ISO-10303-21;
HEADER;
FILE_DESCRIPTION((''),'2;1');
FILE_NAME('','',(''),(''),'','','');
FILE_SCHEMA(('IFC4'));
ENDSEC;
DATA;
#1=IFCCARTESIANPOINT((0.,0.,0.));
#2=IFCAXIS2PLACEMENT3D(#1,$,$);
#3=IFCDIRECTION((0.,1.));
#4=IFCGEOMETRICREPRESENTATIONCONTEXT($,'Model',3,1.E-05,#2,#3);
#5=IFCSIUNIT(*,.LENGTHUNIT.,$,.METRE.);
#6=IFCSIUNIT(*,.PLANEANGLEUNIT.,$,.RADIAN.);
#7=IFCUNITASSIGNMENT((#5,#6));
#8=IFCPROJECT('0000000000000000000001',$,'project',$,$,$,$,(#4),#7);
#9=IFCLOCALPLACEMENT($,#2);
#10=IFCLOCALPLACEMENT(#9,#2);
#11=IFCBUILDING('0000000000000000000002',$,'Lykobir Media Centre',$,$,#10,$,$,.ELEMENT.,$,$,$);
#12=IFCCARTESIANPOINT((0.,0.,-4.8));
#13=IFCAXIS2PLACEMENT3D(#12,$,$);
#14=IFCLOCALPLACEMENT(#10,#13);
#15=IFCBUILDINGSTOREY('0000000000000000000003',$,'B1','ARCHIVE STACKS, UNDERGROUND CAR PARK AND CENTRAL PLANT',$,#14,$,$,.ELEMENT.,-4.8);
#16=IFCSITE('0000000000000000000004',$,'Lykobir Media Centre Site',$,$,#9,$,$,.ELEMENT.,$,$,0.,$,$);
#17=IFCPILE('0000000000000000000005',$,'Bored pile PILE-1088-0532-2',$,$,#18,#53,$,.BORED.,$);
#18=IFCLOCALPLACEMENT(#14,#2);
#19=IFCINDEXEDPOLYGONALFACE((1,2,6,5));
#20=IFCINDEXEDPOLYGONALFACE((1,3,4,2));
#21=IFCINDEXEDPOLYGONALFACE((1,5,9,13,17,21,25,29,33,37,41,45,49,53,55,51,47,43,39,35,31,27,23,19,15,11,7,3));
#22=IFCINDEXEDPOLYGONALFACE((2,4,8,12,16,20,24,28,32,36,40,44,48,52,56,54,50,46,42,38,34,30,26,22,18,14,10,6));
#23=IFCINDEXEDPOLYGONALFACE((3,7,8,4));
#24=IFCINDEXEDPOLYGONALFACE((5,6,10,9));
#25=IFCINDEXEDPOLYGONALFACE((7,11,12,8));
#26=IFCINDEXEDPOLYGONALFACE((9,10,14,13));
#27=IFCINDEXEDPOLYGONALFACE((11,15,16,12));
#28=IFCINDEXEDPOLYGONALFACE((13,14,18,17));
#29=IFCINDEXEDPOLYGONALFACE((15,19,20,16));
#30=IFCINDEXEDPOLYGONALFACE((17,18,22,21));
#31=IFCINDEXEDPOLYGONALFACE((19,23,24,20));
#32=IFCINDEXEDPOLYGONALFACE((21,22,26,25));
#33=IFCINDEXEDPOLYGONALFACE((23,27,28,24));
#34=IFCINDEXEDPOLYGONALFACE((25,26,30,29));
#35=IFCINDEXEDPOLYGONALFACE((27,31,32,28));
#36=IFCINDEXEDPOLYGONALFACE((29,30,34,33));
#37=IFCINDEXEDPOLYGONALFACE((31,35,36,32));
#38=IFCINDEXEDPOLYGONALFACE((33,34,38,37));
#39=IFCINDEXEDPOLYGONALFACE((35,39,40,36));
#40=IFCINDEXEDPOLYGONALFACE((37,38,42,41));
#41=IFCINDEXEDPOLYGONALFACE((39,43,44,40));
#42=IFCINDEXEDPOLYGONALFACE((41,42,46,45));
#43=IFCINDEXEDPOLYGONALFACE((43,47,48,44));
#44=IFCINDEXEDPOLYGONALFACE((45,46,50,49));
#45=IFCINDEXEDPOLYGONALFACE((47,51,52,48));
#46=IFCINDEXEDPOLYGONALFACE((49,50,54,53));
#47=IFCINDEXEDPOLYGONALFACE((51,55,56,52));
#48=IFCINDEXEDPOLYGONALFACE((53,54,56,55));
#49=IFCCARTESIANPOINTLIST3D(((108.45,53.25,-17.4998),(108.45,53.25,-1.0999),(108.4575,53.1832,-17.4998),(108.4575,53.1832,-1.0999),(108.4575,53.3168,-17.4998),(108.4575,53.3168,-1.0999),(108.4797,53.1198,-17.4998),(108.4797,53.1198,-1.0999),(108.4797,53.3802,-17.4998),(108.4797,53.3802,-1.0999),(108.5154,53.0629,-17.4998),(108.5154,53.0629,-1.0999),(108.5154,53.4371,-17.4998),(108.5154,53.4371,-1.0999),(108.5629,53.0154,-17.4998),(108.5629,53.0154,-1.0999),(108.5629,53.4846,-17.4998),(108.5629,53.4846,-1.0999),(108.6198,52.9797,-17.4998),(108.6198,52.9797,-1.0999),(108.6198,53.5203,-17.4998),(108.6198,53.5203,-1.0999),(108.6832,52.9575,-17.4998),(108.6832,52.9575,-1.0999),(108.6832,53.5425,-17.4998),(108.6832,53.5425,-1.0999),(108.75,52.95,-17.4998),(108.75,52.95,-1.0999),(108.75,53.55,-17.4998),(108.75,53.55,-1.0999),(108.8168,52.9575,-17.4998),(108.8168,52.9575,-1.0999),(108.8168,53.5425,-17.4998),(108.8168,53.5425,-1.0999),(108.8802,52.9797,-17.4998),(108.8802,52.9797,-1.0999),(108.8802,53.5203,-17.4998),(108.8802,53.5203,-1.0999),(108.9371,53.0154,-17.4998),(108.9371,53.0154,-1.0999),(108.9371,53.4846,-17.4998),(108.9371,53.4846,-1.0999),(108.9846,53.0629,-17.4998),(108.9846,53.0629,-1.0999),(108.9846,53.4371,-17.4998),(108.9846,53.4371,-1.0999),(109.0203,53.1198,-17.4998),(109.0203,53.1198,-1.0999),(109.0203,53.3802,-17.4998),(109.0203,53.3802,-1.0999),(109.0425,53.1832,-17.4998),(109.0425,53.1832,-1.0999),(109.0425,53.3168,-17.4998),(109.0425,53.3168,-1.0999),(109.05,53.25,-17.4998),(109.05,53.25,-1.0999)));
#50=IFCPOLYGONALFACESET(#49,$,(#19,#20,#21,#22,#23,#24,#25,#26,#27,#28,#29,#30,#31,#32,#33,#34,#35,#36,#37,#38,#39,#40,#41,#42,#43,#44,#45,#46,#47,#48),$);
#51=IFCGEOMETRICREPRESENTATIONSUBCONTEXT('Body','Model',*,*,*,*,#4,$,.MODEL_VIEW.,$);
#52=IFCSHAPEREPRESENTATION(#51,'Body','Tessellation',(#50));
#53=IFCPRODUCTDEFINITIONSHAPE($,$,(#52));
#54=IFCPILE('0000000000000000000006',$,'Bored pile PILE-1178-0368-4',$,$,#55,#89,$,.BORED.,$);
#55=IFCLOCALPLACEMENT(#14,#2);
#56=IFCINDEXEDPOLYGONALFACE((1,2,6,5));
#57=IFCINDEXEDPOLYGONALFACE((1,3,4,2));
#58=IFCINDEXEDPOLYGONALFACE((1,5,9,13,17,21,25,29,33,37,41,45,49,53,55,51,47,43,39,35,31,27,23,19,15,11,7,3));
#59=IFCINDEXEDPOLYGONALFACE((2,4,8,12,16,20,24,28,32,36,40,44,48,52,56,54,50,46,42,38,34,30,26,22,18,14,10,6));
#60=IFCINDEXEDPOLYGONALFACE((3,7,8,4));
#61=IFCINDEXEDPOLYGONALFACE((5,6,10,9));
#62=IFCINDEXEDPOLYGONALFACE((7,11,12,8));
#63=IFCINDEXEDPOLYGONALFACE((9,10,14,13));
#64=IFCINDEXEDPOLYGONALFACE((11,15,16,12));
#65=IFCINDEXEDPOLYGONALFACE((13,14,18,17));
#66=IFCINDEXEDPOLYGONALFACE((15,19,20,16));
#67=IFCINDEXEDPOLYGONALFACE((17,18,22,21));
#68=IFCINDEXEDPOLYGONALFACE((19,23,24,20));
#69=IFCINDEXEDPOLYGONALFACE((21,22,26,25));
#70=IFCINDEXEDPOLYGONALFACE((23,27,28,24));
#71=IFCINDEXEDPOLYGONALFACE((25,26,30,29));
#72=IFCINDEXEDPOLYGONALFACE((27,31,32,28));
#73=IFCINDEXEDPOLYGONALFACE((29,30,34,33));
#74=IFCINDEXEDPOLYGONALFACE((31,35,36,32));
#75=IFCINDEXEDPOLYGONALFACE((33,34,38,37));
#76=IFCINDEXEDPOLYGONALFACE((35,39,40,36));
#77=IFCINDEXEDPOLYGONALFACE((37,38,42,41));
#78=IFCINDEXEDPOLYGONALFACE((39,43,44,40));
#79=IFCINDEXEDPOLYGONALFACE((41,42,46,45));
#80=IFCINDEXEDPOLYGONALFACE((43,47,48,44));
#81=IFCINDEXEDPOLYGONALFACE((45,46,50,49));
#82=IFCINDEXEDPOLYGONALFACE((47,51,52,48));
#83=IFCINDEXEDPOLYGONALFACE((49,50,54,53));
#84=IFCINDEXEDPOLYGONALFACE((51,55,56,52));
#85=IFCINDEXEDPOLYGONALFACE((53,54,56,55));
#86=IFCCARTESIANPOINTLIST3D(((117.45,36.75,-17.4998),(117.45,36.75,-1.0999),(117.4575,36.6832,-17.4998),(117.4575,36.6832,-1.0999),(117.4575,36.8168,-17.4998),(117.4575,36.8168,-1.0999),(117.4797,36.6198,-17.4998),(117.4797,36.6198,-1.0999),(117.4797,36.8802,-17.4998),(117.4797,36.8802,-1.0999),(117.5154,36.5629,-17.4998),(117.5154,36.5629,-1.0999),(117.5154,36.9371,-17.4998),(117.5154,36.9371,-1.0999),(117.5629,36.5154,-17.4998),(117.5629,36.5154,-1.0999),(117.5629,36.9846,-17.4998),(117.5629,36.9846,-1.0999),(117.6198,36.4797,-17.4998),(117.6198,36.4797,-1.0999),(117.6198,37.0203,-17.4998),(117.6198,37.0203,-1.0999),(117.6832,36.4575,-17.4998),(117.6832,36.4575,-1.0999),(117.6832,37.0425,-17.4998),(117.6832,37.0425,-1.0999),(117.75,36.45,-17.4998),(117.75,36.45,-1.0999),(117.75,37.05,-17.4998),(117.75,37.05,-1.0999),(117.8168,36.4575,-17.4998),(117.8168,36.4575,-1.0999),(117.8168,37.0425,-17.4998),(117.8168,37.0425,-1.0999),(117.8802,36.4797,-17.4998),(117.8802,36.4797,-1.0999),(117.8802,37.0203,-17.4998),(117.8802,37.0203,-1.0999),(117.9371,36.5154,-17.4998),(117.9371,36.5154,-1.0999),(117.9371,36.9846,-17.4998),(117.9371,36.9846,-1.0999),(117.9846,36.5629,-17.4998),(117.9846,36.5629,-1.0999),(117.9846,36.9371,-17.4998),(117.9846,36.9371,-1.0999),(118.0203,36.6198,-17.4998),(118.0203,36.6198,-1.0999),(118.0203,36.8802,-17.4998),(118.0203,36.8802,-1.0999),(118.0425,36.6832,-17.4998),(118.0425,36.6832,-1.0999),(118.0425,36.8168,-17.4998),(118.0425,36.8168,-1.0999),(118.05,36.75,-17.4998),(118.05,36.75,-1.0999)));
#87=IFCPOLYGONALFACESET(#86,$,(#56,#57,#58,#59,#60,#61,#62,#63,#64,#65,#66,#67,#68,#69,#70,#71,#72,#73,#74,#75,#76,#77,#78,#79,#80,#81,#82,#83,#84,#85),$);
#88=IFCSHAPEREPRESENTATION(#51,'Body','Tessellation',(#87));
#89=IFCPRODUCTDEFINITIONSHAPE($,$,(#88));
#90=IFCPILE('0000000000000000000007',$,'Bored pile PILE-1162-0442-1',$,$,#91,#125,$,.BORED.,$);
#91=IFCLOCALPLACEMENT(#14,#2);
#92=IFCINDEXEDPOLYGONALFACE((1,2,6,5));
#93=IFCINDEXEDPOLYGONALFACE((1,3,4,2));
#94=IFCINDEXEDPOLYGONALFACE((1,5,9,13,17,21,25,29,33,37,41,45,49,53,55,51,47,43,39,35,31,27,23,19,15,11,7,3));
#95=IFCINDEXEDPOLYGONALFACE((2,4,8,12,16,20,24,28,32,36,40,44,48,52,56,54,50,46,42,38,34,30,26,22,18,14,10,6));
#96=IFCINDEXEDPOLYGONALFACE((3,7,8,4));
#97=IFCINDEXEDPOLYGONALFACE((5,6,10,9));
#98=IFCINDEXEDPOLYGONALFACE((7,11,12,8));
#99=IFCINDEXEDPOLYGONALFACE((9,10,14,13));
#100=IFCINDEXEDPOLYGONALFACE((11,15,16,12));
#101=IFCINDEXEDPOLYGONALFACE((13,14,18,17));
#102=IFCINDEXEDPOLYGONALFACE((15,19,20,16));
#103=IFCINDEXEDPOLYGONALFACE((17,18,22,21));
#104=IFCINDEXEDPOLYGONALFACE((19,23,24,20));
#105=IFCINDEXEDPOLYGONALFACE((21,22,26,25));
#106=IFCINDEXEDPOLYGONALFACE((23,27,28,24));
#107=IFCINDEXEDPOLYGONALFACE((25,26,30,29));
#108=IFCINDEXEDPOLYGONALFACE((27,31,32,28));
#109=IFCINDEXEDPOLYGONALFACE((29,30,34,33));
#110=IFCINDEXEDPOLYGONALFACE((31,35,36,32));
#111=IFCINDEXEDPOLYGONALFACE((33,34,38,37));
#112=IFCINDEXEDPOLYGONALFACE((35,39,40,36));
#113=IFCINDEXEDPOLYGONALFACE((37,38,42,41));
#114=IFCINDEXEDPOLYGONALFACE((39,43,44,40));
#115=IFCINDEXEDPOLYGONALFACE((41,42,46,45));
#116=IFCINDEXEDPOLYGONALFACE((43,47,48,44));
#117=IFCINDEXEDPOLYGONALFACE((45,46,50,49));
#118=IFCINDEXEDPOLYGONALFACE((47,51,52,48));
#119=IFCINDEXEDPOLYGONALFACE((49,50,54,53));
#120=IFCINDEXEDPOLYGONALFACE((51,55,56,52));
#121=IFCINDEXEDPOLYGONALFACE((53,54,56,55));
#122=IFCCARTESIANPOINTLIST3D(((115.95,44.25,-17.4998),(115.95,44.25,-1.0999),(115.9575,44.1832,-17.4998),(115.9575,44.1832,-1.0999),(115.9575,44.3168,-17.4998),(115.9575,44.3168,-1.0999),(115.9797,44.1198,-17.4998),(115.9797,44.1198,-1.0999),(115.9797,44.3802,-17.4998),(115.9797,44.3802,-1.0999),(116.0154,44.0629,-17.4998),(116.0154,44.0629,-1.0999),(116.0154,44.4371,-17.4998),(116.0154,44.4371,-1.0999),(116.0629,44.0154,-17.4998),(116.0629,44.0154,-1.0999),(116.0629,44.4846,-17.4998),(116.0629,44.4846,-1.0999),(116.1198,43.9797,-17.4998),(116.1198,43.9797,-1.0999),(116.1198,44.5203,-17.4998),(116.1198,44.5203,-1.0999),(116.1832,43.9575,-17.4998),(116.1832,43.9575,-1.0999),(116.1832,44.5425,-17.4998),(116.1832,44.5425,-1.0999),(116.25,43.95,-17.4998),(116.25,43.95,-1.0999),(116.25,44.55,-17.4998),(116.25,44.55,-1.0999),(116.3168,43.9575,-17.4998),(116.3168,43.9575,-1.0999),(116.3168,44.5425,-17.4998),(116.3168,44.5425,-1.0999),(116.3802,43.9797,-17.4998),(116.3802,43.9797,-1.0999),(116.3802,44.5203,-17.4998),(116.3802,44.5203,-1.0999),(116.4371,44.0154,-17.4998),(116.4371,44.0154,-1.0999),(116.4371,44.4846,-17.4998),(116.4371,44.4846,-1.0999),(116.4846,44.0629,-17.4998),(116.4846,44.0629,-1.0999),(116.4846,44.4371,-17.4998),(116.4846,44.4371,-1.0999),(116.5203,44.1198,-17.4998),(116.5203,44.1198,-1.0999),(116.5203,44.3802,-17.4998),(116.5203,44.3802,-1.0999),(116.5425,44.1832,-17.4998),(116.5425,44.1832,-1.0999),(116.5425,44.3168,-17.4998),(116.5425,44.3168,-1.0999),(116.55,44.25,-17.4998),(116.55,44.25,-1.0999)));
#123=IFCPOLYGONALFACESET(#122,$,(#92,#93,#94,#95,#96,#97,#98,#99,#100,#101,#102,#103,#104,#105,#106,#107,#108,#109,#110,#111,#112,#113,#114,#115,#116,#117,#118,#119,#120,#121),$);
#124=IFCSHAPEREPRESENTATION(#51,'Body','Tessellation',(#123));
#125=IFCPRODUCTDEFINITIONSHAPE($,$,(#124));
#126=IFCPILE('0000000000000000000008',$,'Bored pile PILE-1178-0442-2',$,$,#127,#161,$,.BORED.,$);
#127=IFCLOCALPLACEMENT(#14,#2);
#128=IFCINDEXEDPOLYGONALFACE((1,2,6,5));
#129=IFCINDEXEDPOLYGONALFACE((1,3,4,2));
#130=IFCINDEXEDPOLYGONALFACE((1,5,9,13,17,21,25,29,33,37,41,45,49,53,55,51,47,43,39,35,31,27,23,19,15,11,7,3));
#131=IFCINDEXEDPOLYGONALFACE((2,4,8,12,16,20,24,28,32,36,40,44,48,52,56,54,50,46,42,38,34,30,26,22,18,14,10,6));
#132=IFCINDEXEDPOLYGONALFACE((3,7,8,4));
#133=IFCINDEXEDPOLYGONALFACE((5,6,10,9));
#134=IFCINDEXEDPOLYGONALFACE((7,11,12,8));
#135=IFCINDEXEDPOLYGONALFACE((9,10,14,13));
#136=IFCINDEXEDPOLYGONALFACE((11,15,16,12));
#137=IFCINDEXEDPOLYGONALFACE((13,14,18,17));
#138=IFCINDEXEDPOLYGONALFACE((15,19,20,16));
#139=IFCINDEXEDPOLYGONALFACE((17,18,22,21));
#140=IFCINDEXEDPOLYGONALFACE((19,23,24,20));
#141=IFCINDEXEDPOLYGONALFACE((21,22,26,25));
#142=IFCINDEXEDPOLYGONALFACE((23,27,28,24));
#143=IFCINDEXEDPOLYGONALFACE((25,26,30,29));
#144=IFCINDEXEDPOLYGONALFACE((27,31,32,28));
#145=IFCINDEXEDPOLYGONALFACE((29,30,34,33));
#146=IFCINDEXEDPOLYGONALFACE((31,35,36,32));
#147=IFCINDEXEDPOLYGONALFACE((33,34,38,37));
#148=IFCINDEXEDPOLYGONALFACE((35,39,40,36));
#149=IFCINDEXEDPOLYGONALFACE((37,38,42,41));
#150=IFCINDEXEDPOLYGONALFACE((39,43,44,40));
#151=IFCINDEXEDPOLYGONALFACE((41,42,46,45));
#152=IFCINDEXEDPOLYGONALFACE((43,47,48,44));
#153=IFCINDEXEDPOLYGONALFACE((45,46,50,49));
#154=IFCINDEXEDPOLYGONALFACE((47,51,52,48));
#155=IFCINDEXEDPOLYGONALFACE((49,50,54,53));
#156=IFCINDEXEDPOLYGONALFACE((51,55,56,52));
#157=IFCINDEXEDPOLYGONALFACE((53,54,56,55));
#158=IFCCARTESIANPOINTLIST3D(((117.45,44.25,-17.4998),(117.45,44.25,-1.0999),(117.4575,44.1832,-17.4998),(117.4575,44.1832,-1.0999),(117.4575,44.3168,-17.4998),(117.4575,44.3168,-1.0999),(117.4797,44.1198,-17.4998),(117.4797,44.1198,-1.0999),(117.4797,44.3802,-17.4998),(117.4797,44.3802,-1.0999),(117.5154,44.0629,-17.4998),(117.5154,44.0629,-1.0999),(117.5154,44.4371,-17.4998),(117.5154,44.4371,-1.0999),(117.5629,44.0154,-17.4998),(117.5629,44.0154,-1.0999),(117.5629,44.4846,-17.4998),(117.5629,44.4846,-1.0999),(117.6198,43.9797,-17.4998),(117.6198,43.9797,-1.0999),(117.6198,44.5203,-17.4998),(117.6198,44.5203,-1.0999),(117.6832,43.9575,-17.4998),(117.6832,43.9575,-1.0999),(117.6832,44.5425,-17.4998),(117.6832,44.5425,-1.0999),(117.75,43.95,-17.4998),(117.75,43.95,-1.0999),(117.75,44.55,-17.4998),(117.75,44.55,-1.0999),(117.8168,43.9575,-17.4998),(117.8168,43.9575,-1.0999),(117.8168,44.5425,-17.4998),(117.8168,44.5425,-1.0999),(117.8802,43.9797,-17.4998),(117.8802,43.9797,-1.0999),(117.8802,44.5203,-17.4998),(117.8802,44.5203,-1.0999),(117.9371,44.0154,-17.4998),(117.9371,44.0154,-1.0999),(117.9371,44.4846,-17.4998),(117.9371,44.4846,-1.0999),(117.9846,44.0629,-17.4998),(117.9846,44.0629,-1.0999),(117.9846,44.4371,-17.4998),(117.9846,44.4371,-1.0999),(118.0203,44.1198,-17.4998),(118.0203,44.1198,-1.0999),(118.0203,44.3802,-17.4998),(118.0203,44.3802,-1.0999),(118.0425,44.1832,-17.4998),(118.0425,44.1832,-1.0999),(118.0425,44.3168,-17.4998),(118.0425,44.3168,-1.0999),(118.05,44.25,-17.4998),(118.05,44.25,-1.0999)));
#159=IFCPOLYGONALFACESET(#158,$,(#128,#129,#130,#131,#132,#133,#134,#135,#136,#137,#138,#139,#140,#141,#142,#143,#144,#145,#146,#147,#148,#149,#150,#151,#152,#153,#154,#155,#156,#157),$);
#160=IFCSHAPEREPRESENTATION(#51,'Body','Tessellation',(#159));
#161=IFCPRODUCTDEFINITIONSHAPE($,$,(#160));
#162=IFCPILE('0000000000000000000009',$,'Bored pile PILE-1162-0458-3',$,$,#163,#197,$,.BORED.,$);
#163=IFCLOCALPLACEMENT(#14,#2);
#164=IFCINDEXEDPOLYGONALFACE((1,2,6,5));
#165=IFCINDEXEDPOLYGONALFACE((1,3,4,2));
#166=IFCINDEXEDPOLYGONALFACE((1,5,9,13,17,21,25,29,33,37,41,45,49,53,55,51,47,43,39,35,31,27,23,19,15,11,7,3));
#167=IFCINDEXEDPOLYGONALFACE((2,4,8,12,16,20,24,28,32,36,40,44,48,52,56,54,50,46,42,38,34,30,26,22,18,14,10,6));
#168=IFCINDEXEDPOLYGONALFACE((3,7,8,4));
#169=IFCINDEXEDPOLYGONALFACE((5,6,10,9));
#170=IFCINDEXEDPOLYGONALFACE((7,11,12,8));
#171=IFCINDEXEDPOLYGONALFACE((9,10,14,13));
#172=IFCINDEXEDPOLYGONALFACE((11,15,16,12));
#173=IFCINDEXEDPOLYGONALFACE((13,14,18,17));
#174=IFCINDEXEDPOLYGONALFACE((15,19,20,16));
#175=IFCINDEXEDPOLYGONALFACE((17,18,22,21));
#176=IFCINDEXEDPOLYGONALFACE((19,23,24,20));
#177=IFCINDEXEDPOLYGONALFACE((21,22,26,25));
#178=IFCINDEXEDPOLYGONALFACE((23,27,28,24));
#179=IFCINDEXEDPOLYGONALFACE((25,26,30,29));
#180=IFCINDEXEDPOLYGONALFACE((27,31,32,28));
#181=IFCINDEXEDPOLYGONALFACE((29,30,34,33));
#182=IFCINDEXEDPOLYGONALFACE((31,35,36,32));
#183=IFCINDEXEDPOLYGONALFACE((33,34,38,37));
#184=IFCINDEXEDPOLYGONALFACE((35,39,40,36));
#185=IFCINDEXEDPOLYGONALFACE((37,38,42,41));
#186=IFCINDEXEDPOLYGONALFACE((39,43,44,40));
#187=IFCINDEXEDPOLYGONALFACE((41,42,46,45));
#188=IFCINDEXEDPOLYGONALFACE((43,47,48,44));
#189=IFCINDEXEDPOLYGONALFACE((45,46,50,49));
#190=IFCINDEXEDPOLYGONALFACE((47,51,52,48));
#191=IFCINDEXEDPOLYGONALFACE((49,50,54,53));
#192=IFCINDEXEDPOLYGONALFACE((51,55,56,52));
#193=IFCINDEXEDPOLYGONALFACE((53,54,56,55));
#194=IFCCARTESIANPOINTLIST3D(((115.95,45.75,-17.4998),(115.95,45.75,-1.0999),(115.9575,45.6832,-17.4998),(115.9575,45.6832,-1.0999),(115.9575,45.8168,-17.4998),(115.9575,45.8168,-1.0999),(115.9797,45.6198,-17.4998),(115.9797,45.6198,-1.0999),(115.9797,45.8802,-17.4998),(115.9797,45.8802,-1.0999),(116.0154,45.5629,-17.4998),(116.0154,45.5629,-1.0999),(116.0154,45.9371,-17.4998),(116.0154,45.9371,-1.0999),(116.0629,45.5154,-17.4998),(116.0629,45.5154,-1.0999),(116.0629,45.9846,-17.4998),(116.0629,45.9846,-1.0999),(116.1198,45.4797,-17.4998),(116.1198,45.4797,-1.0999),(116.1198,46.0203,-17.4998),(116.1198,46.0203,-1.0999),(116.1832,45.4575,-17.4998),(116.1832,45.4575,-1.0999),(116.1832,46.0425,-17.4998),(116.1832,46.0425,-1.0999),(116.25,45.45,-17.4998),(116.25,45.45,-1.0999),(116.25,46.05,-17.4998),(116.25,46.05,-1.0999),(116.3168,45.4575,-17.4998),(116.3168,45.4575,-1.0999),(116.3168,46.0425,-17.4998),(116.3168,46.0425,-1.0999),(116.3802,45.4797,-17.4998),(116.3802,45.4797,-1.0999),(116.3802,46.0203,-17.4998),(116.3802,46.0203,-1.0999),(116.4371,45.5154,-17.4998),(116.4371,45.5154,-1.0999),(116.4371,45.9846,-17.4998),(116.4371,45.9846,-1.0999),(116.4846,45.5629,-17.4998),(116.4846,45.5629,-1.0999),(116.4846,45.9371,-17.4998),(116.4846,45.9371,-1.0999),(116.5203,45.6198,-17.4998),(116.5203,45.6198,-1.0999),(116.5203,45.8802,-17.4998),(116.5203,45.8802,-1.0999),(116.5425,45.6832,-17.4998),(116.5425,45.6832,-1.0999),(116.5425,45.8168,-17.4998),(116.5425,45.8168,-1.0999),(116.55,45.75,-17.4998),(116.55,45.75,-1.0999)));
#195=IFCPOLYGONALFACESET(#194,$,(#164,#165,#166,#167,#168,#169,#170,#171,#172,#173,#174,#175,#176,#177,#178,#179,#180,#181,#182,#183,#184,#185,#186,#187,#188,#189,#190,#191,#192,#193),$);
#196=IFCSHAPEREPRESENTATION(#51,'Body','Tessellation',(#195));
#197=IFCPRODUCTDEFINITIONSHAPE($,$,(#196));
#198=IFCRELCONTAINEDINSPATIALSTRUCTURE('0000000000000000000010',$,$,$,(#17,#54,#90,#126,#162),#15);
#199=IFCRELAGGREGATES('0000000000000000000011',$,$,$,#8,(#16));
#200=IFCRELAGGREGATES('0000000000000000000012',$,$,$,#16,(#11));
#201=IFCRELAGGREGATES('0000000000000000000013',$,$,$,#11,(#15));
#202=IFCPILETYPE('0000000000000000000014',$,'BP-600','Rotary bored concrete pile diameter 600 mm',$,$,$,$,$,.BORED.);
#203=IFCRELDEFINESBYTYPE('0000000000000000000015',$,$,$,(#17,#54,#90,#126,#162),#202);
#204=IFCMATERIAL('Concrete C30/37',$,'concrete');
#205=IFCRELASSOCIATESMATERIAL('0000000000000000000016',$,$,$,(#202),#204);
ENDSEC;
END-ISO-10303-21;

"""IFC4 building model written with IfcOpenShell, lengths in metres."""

from ifc_helpers import new_model, si_unit, direction, frame, origin, origin_2d, place, context, subcontext, project, spatial, circle, extrude, material, material_profile, profile_set, type_object, element, save


model = new_model("IFC4")

# Units and contexts
model_context = context("Model", 3, precision=1e-05, world=origin(), true_north=direction((0.0, 1.0)))
body_context = subcontext(model_context, "Body", "Model", "MODEL_VIEW")
ifc_project = project(units=[si_unit("LENGTHUNIT", "METRE"), si_unit("PLANEANGLEUNIT", "RADIAN")], contexts=[model_context])

# Site, building, storey
site_placement = place(None, origin())
site = spatial("IfcSite", under=ifc_project, at=site_placement, Name="Lykobir Media Centre Site", CompositionType="ELEMENT", RefElevation=0.0)
building_placement = place(site_placement, origin())
building = spatial("IfcBuilding", under=site, at=building_placement, Name="Lykobir Media Centre", CompositionType="ELEMENT")
storey_placement = place(building_placement, frame((0.0, 0.0, -4.8)))
storey = spatial("IfcBuildingStorey", under=building, at=storey_placement, Name="B1", Description="ARCHIVE STACKS, UNDERGROUND CAR PARK AND CENTRAL PLANT", CompositionType="ELEMENT", Elevation=-4.8)

# Piles
ifc_material_1 = material(Name="Concrete C30/37", Category="concrete")
ifc_material_profile_1 = material_profile(ifc_material_1, circle(Radius=0.3, at=origin_2d()), Name="BORED PILE D600")
ifc_profile_set_1 = profile_set([ifc_material_profile_1], Name="Concrete C30/37")
pile_type = type_object("IfcPileType", Name="BP-600", Description="Rotary bored concrete pile diameter 600 mm", PredefinedType="BORED", material=ifc_profile_set_1)
for number, where, z_axis, x_axis, name in (
    (1, (108.75, 53.25, -1.0999), (0.0, 0.0, -1.0), (1.0, 0.0, 0.0), "Bored pile PILE-1088-0532-2"),
    (2, (117.75, 36.75, -1.0999), (0.0, 0.0, -1.0), (1.0, 0.0, 0.0), "Bored pile PILE-1178-0368-4"),
    (3, (116.25, 44.25, -1.0999), (0.0, 0.0, -1.0), (1.0, 0.0, 0.0), "Bored pile PILE-1162-0442-1"),
    (4, (117.75, 44.25, -1.0999), (0.0, 0.0, -1.0), (1.0, 0.0, 0.0), "Bored pile PILE-1178-0442-2"),
    (5, (116.25, 45.75, -1.0999), (0.0, 0.0, -1.0), (1.0, 0.0, 0.0), "Bored pile PILE-1162-0458-3"),
):
    element("IfcPile", number, at=place(storey_placement, frame(where, z_axis=z_axis, x_axis=x_axis)), inside=storey, type_object=pile_type, Name=name, PredefinedType="BORED", context=body_context, shape_type="SweptSolid", body=[
        extrude(circle(Radius=0.3, at=origin_2d()), origin(), (0.0, 0.0, 1.0), 16.3999),
    ])

save(model, "model.ifc")
